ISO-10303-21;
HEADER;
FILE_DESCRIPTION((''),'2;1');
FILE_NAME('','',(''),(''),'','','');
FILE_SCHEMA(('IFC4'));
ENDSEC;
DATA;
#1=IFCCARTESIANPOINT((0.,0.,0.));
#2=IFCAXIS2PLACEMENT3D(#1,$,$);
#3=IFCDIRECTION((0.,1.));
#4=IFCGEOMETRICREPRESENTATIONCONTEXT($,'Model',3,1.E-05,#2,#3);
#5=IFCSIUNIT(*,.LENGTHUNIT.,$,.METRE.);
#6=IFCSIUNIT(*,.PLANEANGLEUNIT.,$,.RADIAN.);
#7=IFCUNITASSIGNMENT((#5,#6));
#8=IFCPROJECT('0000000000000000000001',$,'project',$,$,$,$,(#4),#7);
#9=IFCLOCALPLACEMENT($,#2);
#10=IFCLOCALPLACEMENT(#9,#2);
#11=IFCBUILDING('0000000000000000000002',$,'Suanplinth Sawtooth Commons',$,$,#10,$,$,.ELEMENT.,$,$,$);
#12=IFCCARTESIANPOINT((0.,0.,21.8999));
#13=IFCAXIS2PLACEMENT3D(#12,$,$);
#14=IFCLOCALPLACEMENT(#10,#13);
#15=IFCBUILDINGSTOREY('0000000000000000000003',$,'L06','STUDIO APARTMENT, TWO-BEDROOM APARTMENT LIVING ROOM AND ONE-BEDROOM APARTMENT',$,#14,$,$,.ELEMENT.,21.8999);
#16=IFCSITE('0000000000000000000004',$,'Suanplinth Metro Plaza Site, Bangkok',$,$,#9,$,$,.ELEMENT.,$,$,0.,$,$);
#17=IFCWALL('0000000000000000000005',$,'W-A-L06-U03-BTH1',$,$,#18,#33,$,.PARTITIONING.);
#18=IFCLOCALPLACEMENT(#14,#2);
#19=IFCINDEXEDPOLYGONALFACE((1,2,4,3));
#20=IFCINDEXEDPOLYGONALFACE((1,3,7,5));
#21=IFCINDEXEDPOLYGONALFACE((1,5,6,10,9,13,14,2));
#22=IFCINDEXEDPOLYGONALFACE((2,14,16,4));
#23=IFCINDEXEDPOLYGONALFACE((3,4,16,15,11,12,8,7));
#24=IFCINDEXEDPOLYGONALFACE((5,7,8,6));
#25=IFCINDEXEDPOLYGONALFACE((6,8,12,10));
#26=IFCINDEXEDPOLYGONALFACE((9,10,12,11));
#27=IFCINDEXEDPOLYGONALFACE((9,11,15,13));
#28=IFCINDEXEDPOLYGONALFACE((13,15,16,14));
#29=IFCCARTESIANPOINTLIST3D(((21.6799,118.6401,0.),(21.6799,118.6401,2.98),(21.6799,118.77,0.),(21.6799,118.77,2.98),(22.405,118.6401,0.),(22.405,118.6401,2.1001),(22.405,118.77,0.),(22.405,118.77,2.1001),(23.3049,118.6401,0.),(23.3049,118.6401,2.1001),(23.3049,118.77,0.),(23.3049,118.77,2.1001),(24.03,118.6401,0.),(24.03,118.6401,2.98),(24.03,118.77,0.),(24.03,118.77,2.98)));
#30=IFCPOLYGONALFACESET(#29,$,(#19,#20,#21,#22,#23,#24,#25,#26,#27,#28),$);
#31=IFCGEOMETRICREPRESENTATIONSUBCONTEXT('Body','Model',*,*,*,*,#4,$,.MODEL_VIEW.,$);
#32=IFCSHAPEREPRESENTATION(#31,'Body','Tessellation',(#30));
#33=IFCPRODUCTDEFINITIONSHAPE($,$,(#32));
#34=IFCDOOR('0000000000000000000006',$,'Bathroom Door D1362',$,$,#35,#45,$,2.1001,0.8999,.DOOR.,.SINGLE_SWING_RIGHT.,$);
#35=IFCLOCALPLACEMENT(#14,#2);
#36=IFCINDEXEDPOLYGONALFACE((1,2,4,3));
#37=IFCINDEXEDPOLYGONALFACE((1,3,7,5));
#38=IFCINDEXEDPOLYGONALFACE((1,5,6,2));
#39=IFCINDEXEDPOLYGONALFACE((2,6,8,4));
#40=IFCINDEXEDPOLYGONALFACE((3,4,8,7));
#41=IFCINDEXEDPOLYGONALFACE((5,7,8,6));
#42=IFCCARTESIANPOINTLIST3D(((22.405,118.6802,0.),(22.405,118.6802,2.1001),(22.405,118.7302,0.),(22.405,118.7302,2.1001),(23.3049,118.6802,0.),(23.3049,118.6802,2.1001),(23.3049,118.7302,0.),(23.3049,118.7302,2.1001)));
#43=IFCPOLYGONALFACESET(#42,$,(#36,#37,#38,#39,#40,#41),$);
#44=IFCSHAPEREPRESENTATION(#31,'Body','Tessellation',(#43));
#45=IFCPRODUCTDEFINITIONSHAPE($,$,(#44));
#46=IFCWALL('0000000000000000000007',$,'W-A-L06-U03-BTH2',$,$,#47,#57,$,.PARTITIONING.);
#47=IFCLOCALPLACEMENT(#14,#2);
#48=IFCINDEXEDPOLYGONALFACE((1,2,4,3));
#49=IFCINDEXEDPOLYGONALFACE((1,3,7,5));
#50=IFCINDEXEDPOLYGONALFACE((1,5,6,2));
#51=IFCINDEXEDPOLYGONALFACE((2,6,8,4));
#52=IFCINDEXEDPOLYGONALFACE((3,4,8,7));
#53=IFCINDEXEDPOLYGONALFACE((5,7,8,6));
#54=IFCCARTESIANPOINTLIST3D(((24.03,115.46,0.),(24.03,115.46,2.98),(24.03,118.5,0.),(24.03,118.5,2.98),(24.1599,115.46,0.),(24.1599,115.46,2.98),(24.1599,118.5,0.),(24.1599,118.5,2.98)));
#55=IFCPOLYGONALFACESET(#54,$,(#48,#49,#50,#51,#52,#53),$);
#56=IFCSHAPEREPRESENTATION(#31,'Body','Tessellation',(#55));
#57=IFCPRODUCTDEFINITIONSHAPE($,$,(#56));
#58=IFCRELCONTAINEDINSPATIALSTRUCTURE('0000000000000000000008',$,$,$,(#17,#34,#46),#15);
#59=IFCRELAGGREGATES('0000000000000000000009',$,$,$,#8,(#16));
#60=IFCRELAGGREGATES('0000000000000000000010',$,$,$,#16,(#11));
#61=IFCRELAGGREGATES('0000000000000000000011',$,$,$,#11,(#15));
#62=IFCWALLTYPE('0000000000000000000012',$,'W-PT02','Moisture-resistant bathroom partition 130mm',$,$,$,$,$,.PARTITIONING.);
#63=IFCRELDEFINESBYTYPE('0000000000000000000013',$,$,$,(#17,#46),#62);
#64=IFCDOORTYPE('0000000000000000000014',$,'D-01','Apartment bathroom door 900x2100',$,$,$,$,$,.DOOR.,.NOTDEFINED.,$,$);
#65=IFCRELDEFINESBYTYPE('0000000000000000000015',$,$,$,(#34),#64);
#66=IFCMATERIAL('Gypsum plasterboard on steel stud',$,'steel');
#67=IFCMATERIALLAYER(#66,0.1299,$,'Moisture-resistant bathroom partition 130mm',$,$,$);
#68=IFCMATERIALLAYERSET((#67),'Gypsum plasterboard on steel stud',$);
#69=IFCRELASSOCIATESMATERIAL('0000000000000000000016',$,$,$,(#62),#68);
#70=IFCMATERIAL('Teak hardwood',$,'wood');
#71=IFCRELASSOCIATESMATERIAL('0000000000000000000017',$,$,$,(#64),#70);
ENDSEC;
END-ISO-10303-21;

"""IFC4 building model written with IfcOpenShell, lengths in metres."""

from ifc_helpers import new_model, si_unit, direction, frame, frame_2d, origin, place, context, subcontext, project, spatial, rectangle, extrude, material, layer, layer_set, type_object, element, fill, save


model = new_model("IFC4")

# Units and contexts
model_context = context("Model", 3, precision=1e-05, world=origin(), true_north=direction((0.0, 1.0)))
body_context = subcontext(model_context, "Body", "Model", "MODEL_VIEW")
ifc_project = project(units=[si_unit("LENGTHUNIT", "METRE"), si_unit("PLANEANGLEUNIT", "RADIAN")], contexts=[model_context])

# Site, building, storey
site_placement = place(None, origin())
site = spatial("IfcSite", under=ifc_project, at=site_placement, Name="Suanplinth Metro Plaza Site, Bangkok", CompositionType="ELEMENT", RefElevation=0.0)
building_placement = place(site_placement, origin())
building = spatial("IfcBuilding", under=site, at=building_placement, Name="Suanplinth Sawtooth Commons", CompositionType="ELEMENT")
storey_placement = place(building_placement, frame((0.0, 0.0, 21.8999)))
storey = spatial("IfcBuildingStorey", under=building, at=storey_placement, Name="L06", Description="STUDIO APARTMENT, TWO-BEDROOM APARTMENT LIVING ROOM AND ONE-BEDROOM APARTMENT", CompositionType="ELEMENT", Elevation=21.8999)

# Shared definitions
ifc_material_1 = material(Name="Teak hardwood", Category="wood")

# Shared definitions
ifc_material_2 = material(Name="Gypsum plasterboard on steel stud", Category="steel")

# Wall, opening, door
ifc_layer_1 = layer(ifc_material_2, 0.1299, Name="Moisture-resistant bathroom partition 130mm")
ifc_layer_set_1 = layer_set([ifc_layer_1], Name="Gypsum plasterboard on steel stud")
wall_type_1 = type_object("IfcWallType", Name="W-PT02", Description="Moisture-resistant bathroom partition 130mm", PredefinedType="PARTITIONING", material=ifc_layer_set_1)
wall_1_placement = place(storey_placement, frame((21.6799, 118.7051, 0.0), z_axis=(0.0, 0.0, 1.0), x_axis=(1.0, 0.0, 0.0)))
wall_1 = element("IfcWall", 1, at=wall_1_placement, inside=storey, type_object=wall_type_1, Name="W-A-L06-U03-BTH1", PredefinedType="PARTITIONING", context=body_context, shape_type="SweptSolid", body=[
    extrude(rectangle(XDim=2.3501, YDim=0.1299, at=frame_2d((1.175, 0.0))), origin(), (0.0, 0.0, 1.0), 2.98),
])
opening_1_placement = place(wall_1_placement, frame((0.7251, 0.0, 0.0)))
opening_1 = element("IfcOpeningElement", 2, at=opening_1_placement, cuts=wall_1, PredefinedType="OPENING", context=body_context, shape_type="SweptSolid", body=[
    extrude(rectangle(XDim=0.8999, YDim=2.1001, at=frame_2d((0.45, 1.05))), frame((0.0, 0.0798, 0.0), z_axis=(0.0, -1.0, 0.0), x_axis=(1.0, 0.0, 0.0)), (0.0, 0.0, 1.0), 0.1597),
])
door_type_1 = type_object("IfcDoorType", Name="D-01", Description="Apartment bathroom door 900x2100", OperationType="NOTDEFINED", PredefinedType="DOOR", material=ifc_material_1)
door_1_placement = place(opening_1_placement, frame((0.8999, 0.0, 0.0), z_axis=(0.0, 0.0, 1.0), x_axis=(-1.0, 0.0, 0.0)))
door_1 = element("IfcDoor", 3, at=door_1_placement, inside=storey, type_object=door_type_1, Name="Bathroom Door D1362", OperationType="SINGLE_SWING_RIGHT", OverallHeight=2.1001, OverallWidth=0.8999, PredefinedType="DOOR", context=body_context, shape_type="SweptSolid", body=[
    extrude(rectangle(XDim=0.8999, YDim=2.1001, at=frame_2d((0.45, 1.05))), frame((0.0, 0.0249, 0.0), z_axis=(0.0, -1.0, 0.0), x_axis=(1.0, 0.0, 0.0)), (0.0, 0.0, 1.0), 0.05),
])
fill(opening_1, door_1)

# Wall
wall_2_placement = place(storey_placement, frame((24.095, 115.46, 0.0), z_axis=(0.0, 0.0, 1.0), x_axis=(0.0, 1.0, 0.0)))
element("IfcWall", 4, at=wall_2_placement, inside=storey, type_object=wall_type_1, Name="W-A-L06-U03-BTH2", PredefinedType="PARTITIONING", context=body_context, shape_type="SweptSolid", body=[
    extrude(rectangle(XDim=3.04, YDim=0.1299, at=frame_2d((1.52, 0.0))), origin(), (0.0, 0.0, 1.0), 2.98),
])

save(model, "model.ifc")
